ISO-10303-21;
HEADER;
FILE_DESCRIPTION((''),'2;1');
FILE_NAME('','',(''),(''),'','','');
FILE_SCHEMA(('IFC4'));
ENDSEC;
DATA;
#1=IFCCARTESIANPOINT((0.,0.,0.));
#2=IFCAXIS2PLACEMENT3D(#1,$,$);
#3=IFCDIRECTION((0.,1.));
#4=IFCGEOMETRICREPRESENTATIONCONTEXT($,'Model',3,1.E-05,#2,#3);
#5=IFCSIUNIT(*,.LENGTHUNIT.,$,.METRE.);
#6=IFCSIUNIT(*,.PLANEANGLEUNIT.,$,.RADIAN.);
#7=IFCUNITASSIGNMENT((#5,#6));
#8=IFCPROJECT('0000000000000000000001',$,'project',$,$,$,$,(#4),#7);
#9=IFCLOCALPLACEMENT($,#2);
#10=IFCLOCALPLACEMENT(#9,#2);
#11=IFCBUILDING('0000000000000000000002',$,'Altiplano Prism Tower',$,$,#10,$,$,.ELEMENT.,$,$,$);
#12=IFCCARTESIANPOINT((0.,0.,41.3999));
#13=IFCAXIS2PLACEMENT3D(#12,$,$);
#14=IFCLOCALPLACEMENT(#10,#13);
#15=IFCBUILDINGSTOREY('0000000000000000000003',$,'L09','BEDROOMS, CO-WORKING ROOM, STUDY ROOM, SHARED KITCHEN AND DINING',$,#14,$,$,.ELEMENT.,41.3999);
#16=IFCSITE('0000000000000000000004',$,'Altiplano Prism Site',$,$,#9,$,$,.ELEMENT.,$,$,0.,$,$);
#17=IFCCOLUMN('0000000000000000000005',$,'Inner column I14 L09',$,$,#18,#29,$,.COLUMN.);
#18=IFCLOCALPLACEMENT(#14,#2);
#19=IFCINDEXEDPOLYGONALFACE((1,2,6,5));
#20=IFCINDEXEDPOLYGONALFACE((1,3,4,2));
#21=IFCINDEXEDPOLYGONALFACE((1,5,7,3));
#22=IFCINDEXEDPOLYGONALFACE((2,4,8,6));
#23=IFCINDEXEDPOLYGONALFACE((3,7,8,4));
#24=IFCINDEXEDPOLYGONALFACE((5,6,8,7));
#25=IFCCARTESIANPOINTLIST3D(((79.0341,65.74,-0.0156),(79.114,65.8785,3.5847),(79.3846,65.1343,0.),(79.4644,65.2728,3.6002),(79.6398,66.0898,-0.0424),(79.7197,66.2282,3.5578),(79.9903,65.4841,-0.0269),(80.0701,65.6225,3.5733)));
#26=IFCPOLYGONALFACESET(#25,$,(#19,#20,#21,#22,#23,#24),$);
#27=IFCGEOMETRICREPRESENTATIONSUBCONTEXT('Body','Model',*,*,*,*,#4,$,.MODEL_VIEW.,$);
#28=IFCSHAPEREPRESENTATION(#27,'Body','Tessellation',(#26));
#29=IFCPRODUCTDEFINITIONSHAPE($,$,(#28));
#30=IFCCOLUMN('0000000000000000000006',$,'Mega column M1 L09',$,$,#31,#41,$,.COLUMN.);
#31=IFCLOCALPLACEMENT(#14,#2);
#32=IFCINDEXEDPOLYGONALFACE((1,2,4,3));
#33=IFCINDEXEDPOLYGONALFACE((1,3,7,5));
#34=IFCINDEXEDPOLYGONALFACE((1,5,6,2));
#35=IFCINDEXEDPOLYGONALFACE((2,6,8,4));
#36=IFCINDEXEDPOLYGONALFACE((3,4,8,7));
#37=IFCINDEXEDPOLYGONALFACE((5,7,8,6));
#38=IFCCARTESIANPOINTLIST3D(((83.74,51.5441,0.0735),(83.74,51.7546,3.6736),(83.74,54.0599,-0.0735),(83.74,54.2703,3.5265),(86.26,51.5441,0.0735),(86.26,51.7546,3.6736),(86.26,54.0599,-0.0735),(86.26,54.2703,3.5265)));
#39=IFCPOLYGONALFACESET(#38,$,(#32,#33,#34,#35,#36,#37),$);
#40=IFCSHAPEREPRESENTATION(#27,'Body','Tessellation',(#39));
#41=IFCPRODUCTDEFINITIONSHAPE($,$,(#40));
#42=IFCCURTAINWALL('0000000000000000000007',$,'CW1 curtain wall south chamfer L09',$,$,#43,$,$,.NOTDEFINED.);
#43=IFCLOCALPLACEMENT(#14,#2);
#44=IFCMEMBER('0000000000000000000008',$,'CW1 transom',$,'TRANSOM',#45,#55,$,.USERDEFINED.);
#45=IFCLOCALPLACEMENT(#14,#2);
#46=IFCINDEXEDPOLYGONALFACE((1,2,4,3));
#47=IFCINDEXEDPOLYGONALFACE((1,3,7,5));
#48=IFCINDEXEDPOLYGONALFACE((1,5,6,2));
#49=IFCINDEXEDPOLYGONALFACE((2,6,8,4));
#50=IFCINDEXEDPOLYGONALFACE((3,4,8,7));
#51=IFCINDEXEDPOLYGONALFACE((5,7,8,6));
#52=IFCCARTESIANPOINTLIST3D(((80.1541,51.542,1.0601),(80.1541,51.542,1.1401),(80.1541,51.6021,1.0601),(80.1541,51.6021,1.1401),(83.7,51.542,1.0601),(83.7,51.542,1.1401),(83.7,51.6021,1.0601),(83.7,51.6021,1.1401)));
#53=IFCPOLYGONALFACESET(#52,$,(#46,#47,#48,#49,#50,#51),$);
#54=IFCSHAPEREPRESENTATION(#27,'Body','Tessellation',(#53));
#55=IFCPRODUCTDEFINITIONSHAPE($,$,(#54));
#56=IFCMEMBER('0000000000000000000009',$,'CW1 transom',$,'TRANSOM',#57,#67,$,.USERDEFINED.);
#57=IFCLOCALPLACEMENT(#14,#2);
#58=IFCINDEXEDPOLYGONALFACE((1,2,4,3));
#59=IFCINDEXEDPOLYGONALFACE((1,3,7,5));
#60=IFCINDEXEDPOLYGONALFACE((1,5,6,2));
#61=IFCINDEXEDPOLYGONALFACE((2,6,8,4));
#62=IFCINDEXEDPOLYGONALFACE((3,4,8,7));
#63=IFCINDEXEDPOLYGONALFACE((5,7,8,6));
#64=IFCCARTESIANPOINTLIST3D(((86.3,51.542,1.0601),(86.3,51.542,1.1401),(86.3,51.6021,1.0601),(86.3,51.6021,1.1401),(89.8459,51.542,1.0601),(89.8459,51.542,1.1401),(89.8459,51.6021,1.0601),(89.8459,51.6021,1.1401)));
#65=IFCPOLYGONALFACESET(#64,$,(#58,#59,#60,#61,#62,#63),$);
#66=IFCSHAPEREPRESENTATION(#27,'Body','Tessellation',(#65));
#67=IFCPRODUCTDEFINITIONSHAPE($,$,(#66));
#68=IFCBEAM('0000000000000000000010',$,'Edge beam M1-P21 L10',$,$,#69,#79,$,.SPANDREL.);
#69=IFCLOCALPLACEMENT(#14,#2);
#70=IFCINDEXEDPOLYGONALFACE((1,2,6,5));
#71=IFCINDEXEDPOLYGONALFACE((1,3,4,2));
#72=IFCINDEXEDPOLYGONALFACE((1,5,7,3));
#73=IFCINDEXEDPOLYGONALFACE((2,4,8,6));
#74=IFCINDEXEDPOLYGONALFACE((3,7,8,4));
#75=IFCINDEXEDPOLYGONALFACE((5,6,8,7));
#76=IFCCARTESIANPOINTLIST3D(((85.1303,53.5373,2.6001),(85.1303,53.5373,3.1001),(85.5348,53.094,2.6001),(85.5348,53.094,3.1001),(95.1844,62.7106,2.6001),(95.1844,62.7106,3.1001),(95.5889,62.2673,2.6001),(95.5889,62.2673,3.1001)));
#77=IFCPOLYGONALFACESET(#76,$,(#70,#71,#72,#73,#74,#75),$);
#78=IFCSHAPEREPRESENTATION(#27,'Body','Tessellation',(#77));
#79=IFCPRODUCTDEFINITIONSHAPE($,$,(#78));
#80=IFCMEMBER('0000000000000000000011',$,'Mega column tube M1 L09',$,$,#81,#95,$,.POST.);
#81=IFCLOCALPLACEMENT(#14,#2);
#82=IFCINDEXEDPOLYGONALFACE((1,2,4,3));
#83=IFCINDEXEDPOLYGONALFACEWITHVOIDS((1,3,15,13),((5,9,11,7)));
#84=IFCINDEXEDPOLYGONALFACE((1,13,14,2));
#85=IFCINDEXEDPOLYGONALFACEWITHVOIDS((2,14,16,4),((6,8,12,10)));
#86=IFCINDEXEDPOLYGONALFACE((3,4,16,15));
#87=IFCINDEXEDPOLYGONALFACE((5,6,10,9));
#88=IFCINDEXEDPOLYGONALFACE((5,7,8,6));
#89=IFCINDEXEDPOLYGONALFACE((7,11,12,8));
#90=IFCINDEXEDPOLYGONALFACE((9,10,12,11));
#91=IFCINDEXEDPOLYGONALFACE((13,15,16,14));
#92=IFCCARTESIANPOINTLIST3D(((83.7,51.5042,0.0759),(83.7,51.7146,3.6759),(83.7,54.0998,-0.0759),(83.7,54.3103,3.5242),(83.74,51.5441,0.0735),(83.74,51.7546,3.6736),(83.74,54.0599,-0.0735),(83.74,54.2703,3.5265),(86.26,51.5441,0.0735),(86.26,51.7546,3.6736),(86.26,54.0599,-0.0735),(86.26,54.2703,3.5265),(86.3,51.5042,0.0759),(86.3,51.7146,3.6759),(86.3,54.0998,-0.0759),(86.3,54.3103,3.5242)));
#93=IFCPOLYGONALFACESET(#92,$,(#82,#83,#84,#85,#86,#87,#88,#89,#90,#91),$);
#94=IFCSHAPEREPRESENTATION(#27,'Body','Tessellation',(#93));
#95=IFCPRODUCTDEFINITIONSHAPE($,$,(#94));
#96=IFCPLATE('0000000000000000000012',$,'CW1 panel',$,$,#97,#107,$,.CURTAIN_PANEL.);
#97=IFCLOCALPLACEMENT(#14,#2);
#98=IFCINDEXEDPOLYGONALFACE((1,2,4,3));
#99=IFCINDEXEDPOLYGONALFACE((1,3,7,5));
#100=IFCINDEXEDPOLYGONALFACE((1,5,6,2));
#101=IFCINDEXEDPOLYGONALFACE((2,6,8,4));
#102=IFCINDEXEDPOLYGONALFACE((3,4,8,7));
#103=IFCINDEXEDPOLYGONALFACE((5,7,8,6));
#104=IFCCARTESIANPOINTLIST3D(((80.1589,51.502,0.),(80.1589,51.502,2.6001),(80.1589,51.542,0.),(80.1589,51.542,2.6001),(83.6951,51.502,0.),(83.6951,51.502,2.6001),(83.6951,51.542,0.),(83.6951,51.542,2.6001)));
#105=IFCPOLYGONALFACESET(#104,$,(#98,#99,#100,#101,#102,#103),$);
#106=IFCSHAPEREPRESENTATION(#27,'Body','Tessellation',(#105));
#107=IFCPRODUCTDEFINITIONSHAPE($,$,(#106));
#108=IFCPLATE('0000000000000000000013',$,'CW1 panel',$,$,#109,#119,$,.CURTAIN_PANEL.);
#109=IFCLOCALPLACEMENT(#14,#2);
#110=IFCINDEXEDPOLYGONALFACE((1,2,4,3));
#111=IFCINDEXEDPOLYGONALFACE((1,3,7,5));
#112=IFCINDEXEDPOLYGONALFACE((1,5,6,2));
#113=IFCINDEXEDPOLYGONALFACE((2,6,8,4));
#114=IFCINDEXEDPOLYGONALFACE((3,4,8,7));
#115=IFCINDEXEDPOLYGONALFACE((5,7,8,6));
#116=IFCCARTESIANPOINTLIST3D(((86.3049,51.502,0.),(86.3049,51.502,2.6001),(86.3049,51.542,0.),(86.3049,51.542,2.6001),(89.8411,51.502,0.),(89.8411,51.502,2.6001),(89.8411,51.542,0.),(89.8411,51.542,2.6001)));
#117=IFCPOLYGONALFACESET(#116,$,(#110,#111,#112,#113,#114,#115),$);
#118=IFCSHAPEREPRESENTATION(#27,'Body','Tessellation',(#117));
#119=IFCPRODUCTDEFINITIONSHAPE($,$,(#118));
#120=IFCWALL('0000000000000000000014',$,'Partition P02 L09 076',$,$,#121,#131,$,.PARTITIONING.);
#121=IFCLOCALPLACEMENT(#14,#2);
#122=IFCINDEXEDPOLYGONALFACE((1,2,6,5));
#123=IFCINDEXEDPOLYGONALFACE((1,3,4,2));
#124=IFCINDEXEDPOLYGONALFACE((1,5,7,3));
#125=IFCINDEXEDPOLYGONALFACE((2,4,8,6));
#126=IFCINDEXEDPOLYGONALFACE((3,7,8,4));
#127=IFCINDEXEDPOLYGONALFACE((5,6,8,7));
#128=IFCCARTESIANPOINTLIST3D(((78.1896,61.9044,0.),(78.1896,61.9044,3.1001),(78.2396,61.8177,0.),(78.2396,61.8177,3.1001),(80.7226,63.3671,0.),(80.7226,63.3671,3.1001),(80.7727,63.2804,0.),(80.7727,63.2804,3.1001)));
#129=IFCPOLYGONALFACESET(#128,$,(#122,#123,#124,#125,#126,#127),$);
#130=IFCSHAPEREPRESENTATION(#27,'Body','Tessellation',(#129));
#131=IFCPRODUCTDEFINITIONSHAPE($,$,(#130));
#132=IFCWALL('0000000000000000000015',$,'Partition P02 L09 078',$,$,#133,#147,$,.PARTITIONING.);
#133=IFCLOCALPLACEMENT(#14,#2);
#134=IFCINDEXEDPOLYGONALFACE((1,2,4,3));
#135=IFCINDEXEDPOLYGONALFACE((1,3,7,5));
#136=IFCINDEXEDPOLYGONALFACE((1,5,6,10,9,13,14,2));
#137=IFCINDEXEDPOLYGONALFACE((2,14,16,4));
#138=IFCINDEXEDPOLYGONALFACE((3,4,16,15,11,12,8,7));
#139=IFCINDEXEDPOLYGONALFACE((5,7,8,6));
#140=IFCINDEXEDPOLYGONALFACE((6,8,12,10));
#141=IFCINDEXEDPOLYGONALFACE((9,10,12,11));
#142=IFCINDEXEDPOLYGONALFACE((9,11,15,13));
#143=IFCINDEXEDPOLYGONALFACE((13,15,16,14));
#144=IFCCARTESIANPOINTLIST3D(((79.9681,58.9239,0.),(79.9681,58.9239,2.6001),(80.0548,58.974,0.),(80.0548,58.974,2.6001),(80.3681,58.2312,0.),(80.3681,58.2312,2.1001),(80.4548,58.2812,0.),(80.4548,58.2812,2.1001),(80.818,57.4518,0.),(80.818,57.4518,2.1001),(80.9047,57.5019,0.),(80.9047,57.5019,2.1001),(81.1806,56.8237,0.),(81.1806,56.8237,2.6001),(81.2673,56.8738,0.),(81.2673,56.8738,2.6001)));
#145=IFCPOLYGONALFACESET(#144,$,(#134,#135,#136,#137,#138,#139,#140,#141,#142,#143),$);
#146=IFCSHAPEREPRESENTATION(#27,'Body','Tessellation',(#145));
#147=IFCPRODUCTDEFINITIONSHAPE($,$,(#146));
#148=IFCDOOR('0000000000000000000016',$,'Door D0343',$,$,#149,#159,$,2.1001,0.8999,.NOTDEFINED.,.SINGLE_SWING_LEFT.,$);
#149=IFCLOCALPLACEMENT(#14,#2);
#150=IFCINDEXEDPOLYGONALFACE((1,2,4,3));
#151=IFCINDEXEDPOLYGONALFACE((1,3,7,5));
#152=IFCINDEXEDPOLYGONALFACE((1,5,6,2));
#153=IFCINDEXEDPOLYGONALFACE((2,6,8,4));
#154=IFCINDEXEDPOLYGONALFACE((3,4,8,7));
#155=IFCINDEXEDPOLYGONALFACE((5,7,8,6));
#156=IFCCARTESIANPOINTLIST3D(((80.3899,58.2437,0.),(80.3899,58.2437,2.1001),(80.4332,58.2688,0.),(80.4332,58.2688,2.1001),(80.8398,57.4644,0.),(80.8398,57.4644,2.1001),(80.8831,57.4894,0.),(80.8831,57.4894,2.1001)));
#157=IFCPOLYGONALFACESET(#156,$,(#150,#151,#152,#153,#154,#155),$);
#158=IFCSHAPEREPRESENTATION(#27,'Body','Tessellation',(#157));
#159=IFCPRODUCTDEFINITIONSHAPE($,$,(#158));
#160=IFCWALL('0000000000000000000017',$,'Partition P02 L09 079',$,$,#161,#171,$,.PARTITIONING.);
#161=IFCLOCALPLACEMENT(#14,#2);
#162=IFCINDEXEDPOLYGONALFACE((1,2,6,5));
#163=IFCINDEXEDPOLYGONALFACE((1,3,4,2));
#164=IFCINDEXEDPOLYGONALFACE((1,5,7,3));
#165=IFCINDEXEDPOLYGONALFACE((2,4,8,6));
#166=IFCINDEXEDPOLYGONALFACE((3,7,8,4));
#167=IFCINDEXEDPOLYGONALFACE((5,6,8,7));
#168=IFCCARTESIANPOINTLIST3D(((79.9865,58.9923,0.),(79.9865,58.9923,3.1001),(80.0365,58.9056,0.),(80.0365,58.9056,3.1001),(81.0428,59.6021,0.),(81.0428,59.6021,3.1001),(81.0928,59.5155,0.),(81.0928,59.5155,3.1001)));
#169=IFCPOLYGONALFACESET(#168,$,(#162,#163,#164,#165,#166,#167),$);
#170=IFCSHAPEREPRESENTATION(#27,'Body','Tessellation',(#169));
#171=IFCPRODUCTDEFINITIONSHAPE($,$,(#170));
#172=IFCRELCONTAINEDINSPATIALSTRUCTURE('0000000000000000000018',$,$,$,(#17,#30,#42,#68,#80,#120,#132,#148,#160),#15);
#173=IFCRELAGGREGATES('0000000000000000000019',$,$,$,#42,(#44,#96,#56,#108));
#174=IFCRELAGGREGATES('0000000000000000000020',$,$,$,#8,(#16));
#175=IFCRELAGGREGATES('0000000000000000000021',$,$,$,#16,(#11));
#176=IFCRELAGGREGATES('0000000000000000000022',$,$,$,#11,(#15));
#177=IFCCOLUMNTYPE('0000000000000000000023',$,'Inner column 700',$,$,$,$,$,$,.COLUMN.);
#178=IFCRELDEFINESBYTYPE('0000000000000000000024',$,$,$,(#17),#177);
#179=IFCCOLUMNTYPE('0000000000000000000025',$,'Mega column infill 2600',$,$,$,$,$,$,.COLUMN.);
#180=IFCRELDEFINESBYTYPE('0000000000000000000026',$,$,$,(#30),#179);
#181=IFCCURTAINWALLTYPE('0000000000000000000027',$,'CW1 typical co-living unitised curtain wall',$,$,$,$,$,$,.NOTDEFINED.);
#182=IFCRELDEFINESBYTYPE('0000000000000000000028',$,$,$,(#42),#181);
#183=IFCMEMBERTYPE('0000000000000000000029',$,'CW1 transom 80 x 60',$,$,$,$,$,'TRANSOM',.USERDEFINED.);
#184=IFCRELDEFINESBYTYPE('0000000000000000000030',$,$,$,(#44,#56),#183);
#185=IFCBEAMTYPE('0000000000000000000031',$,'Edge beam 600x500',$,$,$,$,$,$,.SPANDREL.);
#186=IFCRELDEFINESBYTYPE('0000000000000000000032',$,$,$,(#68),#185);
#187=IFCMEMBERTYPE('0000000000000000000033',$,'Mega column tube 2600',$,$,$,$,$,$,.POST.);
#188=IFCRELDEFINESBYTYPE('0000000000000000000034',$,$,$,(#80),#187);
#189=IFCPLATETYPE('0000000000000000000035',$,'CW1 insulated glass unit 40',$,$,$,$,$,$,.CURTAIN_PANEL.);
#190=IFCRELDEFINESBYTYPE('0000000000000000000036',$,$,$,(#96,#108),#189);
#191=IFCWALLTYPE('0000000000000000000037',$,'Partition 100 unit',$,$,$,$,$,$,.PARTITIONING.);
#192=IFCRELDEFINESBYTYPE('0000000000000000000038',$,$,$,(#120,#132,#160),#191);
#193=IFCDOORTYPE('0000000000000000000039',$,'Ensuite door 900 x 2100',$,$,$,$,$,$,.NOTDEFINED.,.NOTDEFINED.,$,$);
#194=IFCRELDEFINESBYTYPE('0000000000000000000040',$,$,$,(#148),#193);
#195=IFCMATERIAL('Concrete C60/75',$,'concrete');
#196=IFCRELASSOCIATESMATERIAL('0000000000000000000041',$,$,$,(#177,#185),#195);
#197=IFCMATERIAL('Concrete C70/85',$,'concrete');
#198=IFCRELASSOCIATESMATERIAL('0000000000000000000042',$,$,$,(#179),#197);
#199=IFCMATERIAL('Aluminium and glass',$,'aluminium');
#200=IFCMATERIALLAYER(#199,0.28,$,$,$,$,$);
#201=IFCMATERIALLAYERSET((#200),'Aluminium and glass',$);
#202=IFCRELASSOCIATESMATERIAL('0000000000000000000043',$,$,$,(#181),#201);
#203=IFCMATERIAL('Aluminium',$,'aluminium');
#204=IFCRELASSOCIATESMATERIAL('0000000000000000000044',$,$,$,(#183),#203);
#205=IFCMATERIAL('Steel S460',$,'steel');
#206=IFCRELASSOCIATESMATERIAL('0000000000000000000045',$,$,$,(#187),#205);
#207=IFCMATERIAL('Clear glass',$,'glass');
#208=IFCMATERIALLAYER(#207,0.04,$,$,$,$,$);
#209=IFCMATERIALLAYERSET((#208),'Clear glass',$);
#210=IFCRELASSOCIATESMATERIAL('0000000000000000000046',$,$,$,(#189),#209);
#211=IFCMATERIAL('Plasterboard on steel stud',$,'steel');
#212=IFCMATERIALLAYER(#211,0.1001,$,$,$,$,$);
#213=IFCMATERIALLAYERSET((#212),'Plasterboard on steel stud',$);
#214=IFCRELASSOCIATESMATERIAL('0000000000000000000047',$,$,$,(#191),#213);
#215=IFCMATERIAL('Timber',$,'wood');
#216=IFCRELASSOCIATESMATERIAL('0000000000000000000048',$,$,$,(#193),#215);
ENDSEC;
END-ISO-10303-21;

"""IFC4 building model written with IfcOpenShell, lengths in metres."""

from ifc_helpers import new_model, si_unit, direction, frame, frame_2d, origin, origin_2d, place, context, subcontext, project, spatial, rectangle, hollow_rectangle, extrude, material, layer, layer_set, material_profile, profile_set, type_object, element, fill, aggregate, save


model = new_model("IFC4")

# Units and contexts
model_context = context("Model", 3, precision=1e-05, world=origin(), true_north=direction((0.0, 1.0)))
body_context = subcontext(model_context, "Body", "Model", "MODEL_VIEW")
ifc_project = project(units=[si_unit("LENGTHUNIT", "METRE"), si_unit("PLANEANGLEUNIT", "RADIAN")], contexts=[model_context])

# Site, building, storey
site_placement = place(None, origin())
site = spatial("IfcSite", under=ifc_project, at=site_placement, Name="Altiplano Prism Site", CompositionType="ELEMENT", RefElevation=0.0)
building_placement = place(site_placement, origin())
building = spatial("IfcBuilding", under=site, at=building_placement, Name="Altiplano Prism Tower", CompositionType="ELEMENT")
storey_placement = place(building_placement, frame((0.0, 0.0, 41.3999)))
storey = spatial("IfcBuildingStorey", under=building, at=storey_placement, Name="L09", Description="BEDROOMS, CO-WORKING ROOM, STUDY ROOM, SHARED KITCHEN AND DINING", CompositionType="ELEMENT", Elevation=41.3999)

# Columns
ifc_material_1 = material(Name="Concrete C60/75", Category="concrete")
ifc_material_profile_1 = material_profile(ifc_material_1, rectangle(XDim=0.7, YDim=0.7, at=origin_2d()), Name="Inner column 700")
ifc_profile_set_1 = profile_set([ifc_material_profile_1], Name="Concrete C60/75")
column_type_1 = type_object("IfcColumnType", Name="Inner column 700", PredefinedType="COLUMN", material=ifc_profile_set_1)
column_1_placement = place(storey_placement, frame((79.5122, 65.6121, -0.0212), z_axis=(0.022154, 0.038413, 0.999016), x_axis=(-0.865365, -0.499669, 0.038403)))
element("IfcColumn", 1, at=column_1_placement, inside=storey, type_object=column_type_1, Name="Inner column I14 L09", PredefinedType="COLUMN", context=body_context, shape_type="SweptSolid", body=[
    extrude(rectangle(XDim=0.7, YDim=0.7, at=origin_2d()), origin(), (0.0, 0.0, 1.0), 3.6038),
])
ifc_material_2 = material(Name="Concrete C70/85", Category="concrete")
ifc_material_profile_2 = material_profile(ifc_material_2, rectangle(XDim=2.52, YDim=2.52, at=origin_2d()), Name="Mega column infill 2600")
ifc_profile_set_2 = profile_set([ifc_material_profile_2], Name="Concrete C70/85")
column_type_2 = type_object("IfcColumnType", Name="Mega column infill 2600", PredefinedType="COLUMN", material=ifc_profile_set_2)
column_2_placement = place(storey_placement, frame((85.0, 52.802, 0.0), z_axis=(0.0, 0.058357, 0.998296), x_axis=(-1.0, 0.0, 0.0)))
element("IfcColumn", 2, at=column_2_placement, inside=storey, type_object=column_type_2, Name="Mega column M1 L09", PredefinedType="COLUMN", context=body_context, shape_type="SweptSolid", body=[
    extrude(rectangle(XDim=2.52, YDim=2.52, at=origin_2d()), origin(), (0.0, 0.0, 1.0), 3.6062),
])

# Curtain wall, members
ifc_material_3 = material(Name="Aluminium and glass", Category="aluminium")
ifc_layer_1 = layer(ifc_material_3, 0.28)
ifc_layer_set_1 = layer_set([ifc_layer_1], Name="Aluminium and glass")
curtain_wall_type = type_object("IfcCurtainWallType", Name="CW1 typical co-living unitised curtain wall", PredefinedType="NOTDEFINED", material=ifc_layer_set_1)
curtain_wall_placement = place(storey_placement, origin())
curtain_wall = element("IfcCurtainWall", 3, at=curtain_wall_placement, inside=storey, type_object=curtain_wall_type, Name="CW1 curtain wall south chamfer L09", PredefinedType="NOTDEFINED")
ifc_material_4 = material(Name="Aluminium", Category="aluminium")
ifc_material_profile_3 = material_profile(ifc_material_4, rectangle(XDim=0.0601, YDim=0.0801, at=origin_2d()), Name="CW1 transom 80 x 60")
ifc_profile_set_3 = profile_set([ifc_material_profile_3], Name="Aluminium")
member_type_1 = type_object("IfcMemberType", Name="CW1 transom 80 x 60", ElementType="TRANSOM", PredefinedType="USERDEFINED", material=ifc_profile_set_3)
member_1_placement = place(storey_placement, frame((80.1541, 51.572, 1.1001), z_axis=(1.0, 0.0, 0.0), x_axis=(0.0, 1.0, 0.0)))
member_1 = element("IfcMember", 4, at=member_1_placement, type_object=member_type_1, Name="CW1 transom", ObjectType="TRANSOM", PredefinedType="USERDEFINED", context=body_context, shape_type="SweptSolid", body=[
    extrude(rectangle(XDim=0.0601, YDim=0.0801, at=origin_2d()), origin(), (0.0, 0.0, 1.0), 3.5459),
])
member_2_placement = place(storey_placement, frame((86.3, 51.572, 1.1001), z_axis=(1.0, 0.0, 0.0), x_axis=(0.0, 1.0, 0.0)))
member_2 = element("IfcMember", 5, at=member_2_placement, type_object=member_type_1, Name="CW1 transom", ObjectType="TRANSOM", PredefinedType="USERDEFINED", context=body_context, shape_type="SweptSolid", body=[
    extrude(rectangle(XDim=0.0601, YDim=0.0801, at=origin_2d()), origin(), (0.0, 0.0, 1.0), 3.5459),
])

# Beam
ifc_material_profile_4 = material_profile(ifc_material_1, rectangle(XDim=0.6001, YDim=0.5, at=origin_2d()), Name="Edge beam 600x500")
ifc_profile_set_4 = profile_set([ifc_material_profile_4], Name="Concrete C60/75")
beam_type = type_object("IfcBeamType", Name="Edge beam 600x500", PredefinedType="SPANDREL", material=ifc_profile_set_4)
beam_placement = place(storey_placement, frame((85.3325, 53.3157, 2.8501), z_axis=(0.738726, 0.674006, 0.0), x_axis=(-0.674006, 0.738726, 0.0)))
element("IfcBeam", 6, at=beam_placement, inside=storey, type_object=beam_type, Name="Edge beam M1-P21 L10", PredefinedType="SPANDREL", context=body_context, shape_type="SweptSolid", body=[
    extrude(rectangle(XDim=0.6001, YDim=0.5, at=origin_2d()), origin(), (0.0, 0.0, 1.0), 13.6101),
])

# Member
ifc_material_5 = material(Name="Steel S460", Category="steel")
ifc_material_profile_5 = material_profile(ifc_material_5, hollow_rectangle(XDim=2.6001, YDim=2.6001, WallThickness=0.04, at=origin_2d()), Name="Mega column tube 2600")
ifc_profile_set_5 = profile_set([ifc_material_profile_5], Name="Steel S460")
member_type_2 = type_object("IfcMemberType", Name="Mega column tube 2600", PredefinedType="POST", material=ifc_profile_set_5)
member_3_placement = place(storey_placement, frame((85.0, 52.802, 0.0), z_axis=(0.0, 0.058357, 0.998296), x_axis=(-1.0, 0.0, 0.0)))
element("IfcMember", 7, at=member_3_placement, inside=storey, type_object=member_type_2, Name="Mega column tube M1 L09", PredefinedType="POST", context=body_context, shape_type="SweptSolid", body=[
    extrude(hollow_rectangle(XDim=2.6001, YDim=2.6001, WallThickness=0.04, at=origin_2d()), origin(), (0.0, 0.0, 1.0), 3.6062),
])

# Plates
ifc_material_6 = material(Name="Clear glass", Category="glass")
ifc_layer_2 = layer(ifc_material_6, 0.04)
ifc_layer_set_2 = layer_set([ifc_layer_2], Name="Clear glass")
plate_type = type_object("IfcPlateType", Name="CW1 insulated glass unit 40", PredefinedType="CURTAIN_PANEL", material=ifc_layer_set_2)
plate_1_placement = place(storey_placement, frame((81.927, 51.522, 0.0), z_axis=(0.0, 0.0, 1.0), x_axis=(1.0, 0.0, 0.0)))
plate_1 = element("IfcPlate", 8, at=plate_1_placement, type_object=plate_type, Name="CW1 panel", PredefinedType="CURTAIN_PANEL", context=body_context, shape_type="SweptSolid", body=[
    extrude(rectangle(XDim=3.5361, YDim=0.04, at=origin_2d()), origin(), (0.0, 0.0, 1.0), 2.6001),
])
plate_2_placement = place(storey_placement, frame((88.073, 51.522, 0.0), z_axis=(0.0, 0.0, 1.0), x_axis=(1.0, 0.0, 0.0)))
plate_2 = element("IfcPlate", 9, at=plate_2_placement, type_object=plate_type, Name="CW1 panel", PredefinedType="CURTAIN_PANEL", context=body_context, shape_type="SweptSolid", body=[
    extrude(rectangle(XDim=3.5361, YDim=0.04, at=origin_2d()), origin(), (0.0, 0.0, 1.0), 2.6001),
])
aggregate(curtain_wall, [member_1, plate_1, member_2, plate_2])

# Wall
ifc_material_7 = material(Name="Plasterboard on steel stud", Category="steel")
ifc_layer_3 = layer(ifc_material_7, 0.1001)
ifc_layer_set_3 = layer_set([ifc_layer_3], Name="Plasterboard on steel stud")
wall_type_1 = type_object("IfcWallType", Name="Partition 100 unit", PredefinedType="PARTITIONING", material=ifc_layer_set_3)
wall_1_placement = place(storey_placement, frame((80.7476, 63.3237, 0.0), z_axis=(0.0, 0.0, 1.0), x_axis=(-0.86599, -0.500062, 0.0)))
element("IfcWall", 10, at=wall_1_placement, inside=storey, type_object=wall_type_1, Name="Partition P02 L09 076", PredefinedType="PARTITIONING", context=body_context, shape_type="SweptSolid", body=[
    extrude(rectangle(XDim=2.925, YDim=0.1001, at=frame_2d((1.4624, 0.0))), origin(), (0.0, 0.0, 1.0), 3.1001),
])

# Wall, opening, door
wall_2_placement = place(storey_placement, frame((81.2239, 56.8489, 0.0), z_axis=(0.0, 0.0, 1.0), x_axis=(-0.499972, 0.866041, 0.0)))
wall_2 = element("IfcWall", 11, at=wall_2_placement, inside=storey, type_object=wall_type_1, Name="Partition P02 L09 078", PredefinedType="PARTITIONING", context=body_context, shape_type="SweptSolid", body=[
    extrude(rectangle(XDim=2.425, YDim=0.1001, at=frame_2d((1.2124, 0.0))), origin(), (0.0, 0.0, 1.0), 2.6001),
])
opening_1_placement = place(wall_2_placement, frame((0.7251, 0.0, 0.0)))
opening_1 = element("IfcOpeningElement", 12, at=opening_1_placement, cuts=wall_2, PredefinedType="OPENING", context=body_context, shape_type="SweptSolid", body=[
    extrude(rectangle(XDim=0.8999, YDim=2.1001, at=frame_2d((0.45, 1.05))), frame((0.0, 0.0605, 0.0), z_axis=(0.0, -1.0, 0.0), x_axis=(1.0, 0.0, 0.0)), (0.0, 0.0, 1.0), 0.1211),
])
ifc_material_8 = material(Name="Timber", Category="wood")
door_type_1 = type_object("IfcDoorType", Name="Ensuite door 900 x 2100", OperationType="NOTDEFINED", PredefinedType="NOTDEFINED", material=ifc_material_8)
door_1_placement = place(opening_1_placement, origin())
door_1 = element("IfcDoor", 13, at=door_1_placement, inside=storey, type_object=door_type_1, Name="Door D0343", OperationType="SINGLE_SWING_LEFT", OverallHeight=2.1001, OverallWidth=0.8999, PredefinedType="NOTDEFINED", context=body_context, shape_type="SweptSolid", body=[
    extrude(rectangle(XDim=0.8999, YDim=2.1001, at=frame_2d((0.45, 1.05))), frame((0.0, 0.0249, 0.0), z_axis=(0.0, -1.0, 0.0), x_axis=(1.0, 0.0, 0.0)), (0.0, 0.0, 1.0), 0.05),
])
fill(opening_1, door_1)

# Wall
wall_3_placement = place(storey_placement, frame((80.0115, 58.949, 0.0), z_axis=(0.0, 0.0, 1.0), x_axis=(0.866042, 0.499971, 0.0)))
element("IfcWall", 14, at=wall_3_placement, inside=storey, type_object=wall_type_1, Name="Partition P02 L09 079", PredefinedType="PARTITIONING", context=body_context, shape_type="SweptSolid", body=[
    extrude(rectangle(XDim=1.2197, YDim=0.1001, at=frame_2d((0.6099, 0.0))), origin(), (0.0, 0.0, 1.0), 3.1001),
])

save(model, "model.ifc")
